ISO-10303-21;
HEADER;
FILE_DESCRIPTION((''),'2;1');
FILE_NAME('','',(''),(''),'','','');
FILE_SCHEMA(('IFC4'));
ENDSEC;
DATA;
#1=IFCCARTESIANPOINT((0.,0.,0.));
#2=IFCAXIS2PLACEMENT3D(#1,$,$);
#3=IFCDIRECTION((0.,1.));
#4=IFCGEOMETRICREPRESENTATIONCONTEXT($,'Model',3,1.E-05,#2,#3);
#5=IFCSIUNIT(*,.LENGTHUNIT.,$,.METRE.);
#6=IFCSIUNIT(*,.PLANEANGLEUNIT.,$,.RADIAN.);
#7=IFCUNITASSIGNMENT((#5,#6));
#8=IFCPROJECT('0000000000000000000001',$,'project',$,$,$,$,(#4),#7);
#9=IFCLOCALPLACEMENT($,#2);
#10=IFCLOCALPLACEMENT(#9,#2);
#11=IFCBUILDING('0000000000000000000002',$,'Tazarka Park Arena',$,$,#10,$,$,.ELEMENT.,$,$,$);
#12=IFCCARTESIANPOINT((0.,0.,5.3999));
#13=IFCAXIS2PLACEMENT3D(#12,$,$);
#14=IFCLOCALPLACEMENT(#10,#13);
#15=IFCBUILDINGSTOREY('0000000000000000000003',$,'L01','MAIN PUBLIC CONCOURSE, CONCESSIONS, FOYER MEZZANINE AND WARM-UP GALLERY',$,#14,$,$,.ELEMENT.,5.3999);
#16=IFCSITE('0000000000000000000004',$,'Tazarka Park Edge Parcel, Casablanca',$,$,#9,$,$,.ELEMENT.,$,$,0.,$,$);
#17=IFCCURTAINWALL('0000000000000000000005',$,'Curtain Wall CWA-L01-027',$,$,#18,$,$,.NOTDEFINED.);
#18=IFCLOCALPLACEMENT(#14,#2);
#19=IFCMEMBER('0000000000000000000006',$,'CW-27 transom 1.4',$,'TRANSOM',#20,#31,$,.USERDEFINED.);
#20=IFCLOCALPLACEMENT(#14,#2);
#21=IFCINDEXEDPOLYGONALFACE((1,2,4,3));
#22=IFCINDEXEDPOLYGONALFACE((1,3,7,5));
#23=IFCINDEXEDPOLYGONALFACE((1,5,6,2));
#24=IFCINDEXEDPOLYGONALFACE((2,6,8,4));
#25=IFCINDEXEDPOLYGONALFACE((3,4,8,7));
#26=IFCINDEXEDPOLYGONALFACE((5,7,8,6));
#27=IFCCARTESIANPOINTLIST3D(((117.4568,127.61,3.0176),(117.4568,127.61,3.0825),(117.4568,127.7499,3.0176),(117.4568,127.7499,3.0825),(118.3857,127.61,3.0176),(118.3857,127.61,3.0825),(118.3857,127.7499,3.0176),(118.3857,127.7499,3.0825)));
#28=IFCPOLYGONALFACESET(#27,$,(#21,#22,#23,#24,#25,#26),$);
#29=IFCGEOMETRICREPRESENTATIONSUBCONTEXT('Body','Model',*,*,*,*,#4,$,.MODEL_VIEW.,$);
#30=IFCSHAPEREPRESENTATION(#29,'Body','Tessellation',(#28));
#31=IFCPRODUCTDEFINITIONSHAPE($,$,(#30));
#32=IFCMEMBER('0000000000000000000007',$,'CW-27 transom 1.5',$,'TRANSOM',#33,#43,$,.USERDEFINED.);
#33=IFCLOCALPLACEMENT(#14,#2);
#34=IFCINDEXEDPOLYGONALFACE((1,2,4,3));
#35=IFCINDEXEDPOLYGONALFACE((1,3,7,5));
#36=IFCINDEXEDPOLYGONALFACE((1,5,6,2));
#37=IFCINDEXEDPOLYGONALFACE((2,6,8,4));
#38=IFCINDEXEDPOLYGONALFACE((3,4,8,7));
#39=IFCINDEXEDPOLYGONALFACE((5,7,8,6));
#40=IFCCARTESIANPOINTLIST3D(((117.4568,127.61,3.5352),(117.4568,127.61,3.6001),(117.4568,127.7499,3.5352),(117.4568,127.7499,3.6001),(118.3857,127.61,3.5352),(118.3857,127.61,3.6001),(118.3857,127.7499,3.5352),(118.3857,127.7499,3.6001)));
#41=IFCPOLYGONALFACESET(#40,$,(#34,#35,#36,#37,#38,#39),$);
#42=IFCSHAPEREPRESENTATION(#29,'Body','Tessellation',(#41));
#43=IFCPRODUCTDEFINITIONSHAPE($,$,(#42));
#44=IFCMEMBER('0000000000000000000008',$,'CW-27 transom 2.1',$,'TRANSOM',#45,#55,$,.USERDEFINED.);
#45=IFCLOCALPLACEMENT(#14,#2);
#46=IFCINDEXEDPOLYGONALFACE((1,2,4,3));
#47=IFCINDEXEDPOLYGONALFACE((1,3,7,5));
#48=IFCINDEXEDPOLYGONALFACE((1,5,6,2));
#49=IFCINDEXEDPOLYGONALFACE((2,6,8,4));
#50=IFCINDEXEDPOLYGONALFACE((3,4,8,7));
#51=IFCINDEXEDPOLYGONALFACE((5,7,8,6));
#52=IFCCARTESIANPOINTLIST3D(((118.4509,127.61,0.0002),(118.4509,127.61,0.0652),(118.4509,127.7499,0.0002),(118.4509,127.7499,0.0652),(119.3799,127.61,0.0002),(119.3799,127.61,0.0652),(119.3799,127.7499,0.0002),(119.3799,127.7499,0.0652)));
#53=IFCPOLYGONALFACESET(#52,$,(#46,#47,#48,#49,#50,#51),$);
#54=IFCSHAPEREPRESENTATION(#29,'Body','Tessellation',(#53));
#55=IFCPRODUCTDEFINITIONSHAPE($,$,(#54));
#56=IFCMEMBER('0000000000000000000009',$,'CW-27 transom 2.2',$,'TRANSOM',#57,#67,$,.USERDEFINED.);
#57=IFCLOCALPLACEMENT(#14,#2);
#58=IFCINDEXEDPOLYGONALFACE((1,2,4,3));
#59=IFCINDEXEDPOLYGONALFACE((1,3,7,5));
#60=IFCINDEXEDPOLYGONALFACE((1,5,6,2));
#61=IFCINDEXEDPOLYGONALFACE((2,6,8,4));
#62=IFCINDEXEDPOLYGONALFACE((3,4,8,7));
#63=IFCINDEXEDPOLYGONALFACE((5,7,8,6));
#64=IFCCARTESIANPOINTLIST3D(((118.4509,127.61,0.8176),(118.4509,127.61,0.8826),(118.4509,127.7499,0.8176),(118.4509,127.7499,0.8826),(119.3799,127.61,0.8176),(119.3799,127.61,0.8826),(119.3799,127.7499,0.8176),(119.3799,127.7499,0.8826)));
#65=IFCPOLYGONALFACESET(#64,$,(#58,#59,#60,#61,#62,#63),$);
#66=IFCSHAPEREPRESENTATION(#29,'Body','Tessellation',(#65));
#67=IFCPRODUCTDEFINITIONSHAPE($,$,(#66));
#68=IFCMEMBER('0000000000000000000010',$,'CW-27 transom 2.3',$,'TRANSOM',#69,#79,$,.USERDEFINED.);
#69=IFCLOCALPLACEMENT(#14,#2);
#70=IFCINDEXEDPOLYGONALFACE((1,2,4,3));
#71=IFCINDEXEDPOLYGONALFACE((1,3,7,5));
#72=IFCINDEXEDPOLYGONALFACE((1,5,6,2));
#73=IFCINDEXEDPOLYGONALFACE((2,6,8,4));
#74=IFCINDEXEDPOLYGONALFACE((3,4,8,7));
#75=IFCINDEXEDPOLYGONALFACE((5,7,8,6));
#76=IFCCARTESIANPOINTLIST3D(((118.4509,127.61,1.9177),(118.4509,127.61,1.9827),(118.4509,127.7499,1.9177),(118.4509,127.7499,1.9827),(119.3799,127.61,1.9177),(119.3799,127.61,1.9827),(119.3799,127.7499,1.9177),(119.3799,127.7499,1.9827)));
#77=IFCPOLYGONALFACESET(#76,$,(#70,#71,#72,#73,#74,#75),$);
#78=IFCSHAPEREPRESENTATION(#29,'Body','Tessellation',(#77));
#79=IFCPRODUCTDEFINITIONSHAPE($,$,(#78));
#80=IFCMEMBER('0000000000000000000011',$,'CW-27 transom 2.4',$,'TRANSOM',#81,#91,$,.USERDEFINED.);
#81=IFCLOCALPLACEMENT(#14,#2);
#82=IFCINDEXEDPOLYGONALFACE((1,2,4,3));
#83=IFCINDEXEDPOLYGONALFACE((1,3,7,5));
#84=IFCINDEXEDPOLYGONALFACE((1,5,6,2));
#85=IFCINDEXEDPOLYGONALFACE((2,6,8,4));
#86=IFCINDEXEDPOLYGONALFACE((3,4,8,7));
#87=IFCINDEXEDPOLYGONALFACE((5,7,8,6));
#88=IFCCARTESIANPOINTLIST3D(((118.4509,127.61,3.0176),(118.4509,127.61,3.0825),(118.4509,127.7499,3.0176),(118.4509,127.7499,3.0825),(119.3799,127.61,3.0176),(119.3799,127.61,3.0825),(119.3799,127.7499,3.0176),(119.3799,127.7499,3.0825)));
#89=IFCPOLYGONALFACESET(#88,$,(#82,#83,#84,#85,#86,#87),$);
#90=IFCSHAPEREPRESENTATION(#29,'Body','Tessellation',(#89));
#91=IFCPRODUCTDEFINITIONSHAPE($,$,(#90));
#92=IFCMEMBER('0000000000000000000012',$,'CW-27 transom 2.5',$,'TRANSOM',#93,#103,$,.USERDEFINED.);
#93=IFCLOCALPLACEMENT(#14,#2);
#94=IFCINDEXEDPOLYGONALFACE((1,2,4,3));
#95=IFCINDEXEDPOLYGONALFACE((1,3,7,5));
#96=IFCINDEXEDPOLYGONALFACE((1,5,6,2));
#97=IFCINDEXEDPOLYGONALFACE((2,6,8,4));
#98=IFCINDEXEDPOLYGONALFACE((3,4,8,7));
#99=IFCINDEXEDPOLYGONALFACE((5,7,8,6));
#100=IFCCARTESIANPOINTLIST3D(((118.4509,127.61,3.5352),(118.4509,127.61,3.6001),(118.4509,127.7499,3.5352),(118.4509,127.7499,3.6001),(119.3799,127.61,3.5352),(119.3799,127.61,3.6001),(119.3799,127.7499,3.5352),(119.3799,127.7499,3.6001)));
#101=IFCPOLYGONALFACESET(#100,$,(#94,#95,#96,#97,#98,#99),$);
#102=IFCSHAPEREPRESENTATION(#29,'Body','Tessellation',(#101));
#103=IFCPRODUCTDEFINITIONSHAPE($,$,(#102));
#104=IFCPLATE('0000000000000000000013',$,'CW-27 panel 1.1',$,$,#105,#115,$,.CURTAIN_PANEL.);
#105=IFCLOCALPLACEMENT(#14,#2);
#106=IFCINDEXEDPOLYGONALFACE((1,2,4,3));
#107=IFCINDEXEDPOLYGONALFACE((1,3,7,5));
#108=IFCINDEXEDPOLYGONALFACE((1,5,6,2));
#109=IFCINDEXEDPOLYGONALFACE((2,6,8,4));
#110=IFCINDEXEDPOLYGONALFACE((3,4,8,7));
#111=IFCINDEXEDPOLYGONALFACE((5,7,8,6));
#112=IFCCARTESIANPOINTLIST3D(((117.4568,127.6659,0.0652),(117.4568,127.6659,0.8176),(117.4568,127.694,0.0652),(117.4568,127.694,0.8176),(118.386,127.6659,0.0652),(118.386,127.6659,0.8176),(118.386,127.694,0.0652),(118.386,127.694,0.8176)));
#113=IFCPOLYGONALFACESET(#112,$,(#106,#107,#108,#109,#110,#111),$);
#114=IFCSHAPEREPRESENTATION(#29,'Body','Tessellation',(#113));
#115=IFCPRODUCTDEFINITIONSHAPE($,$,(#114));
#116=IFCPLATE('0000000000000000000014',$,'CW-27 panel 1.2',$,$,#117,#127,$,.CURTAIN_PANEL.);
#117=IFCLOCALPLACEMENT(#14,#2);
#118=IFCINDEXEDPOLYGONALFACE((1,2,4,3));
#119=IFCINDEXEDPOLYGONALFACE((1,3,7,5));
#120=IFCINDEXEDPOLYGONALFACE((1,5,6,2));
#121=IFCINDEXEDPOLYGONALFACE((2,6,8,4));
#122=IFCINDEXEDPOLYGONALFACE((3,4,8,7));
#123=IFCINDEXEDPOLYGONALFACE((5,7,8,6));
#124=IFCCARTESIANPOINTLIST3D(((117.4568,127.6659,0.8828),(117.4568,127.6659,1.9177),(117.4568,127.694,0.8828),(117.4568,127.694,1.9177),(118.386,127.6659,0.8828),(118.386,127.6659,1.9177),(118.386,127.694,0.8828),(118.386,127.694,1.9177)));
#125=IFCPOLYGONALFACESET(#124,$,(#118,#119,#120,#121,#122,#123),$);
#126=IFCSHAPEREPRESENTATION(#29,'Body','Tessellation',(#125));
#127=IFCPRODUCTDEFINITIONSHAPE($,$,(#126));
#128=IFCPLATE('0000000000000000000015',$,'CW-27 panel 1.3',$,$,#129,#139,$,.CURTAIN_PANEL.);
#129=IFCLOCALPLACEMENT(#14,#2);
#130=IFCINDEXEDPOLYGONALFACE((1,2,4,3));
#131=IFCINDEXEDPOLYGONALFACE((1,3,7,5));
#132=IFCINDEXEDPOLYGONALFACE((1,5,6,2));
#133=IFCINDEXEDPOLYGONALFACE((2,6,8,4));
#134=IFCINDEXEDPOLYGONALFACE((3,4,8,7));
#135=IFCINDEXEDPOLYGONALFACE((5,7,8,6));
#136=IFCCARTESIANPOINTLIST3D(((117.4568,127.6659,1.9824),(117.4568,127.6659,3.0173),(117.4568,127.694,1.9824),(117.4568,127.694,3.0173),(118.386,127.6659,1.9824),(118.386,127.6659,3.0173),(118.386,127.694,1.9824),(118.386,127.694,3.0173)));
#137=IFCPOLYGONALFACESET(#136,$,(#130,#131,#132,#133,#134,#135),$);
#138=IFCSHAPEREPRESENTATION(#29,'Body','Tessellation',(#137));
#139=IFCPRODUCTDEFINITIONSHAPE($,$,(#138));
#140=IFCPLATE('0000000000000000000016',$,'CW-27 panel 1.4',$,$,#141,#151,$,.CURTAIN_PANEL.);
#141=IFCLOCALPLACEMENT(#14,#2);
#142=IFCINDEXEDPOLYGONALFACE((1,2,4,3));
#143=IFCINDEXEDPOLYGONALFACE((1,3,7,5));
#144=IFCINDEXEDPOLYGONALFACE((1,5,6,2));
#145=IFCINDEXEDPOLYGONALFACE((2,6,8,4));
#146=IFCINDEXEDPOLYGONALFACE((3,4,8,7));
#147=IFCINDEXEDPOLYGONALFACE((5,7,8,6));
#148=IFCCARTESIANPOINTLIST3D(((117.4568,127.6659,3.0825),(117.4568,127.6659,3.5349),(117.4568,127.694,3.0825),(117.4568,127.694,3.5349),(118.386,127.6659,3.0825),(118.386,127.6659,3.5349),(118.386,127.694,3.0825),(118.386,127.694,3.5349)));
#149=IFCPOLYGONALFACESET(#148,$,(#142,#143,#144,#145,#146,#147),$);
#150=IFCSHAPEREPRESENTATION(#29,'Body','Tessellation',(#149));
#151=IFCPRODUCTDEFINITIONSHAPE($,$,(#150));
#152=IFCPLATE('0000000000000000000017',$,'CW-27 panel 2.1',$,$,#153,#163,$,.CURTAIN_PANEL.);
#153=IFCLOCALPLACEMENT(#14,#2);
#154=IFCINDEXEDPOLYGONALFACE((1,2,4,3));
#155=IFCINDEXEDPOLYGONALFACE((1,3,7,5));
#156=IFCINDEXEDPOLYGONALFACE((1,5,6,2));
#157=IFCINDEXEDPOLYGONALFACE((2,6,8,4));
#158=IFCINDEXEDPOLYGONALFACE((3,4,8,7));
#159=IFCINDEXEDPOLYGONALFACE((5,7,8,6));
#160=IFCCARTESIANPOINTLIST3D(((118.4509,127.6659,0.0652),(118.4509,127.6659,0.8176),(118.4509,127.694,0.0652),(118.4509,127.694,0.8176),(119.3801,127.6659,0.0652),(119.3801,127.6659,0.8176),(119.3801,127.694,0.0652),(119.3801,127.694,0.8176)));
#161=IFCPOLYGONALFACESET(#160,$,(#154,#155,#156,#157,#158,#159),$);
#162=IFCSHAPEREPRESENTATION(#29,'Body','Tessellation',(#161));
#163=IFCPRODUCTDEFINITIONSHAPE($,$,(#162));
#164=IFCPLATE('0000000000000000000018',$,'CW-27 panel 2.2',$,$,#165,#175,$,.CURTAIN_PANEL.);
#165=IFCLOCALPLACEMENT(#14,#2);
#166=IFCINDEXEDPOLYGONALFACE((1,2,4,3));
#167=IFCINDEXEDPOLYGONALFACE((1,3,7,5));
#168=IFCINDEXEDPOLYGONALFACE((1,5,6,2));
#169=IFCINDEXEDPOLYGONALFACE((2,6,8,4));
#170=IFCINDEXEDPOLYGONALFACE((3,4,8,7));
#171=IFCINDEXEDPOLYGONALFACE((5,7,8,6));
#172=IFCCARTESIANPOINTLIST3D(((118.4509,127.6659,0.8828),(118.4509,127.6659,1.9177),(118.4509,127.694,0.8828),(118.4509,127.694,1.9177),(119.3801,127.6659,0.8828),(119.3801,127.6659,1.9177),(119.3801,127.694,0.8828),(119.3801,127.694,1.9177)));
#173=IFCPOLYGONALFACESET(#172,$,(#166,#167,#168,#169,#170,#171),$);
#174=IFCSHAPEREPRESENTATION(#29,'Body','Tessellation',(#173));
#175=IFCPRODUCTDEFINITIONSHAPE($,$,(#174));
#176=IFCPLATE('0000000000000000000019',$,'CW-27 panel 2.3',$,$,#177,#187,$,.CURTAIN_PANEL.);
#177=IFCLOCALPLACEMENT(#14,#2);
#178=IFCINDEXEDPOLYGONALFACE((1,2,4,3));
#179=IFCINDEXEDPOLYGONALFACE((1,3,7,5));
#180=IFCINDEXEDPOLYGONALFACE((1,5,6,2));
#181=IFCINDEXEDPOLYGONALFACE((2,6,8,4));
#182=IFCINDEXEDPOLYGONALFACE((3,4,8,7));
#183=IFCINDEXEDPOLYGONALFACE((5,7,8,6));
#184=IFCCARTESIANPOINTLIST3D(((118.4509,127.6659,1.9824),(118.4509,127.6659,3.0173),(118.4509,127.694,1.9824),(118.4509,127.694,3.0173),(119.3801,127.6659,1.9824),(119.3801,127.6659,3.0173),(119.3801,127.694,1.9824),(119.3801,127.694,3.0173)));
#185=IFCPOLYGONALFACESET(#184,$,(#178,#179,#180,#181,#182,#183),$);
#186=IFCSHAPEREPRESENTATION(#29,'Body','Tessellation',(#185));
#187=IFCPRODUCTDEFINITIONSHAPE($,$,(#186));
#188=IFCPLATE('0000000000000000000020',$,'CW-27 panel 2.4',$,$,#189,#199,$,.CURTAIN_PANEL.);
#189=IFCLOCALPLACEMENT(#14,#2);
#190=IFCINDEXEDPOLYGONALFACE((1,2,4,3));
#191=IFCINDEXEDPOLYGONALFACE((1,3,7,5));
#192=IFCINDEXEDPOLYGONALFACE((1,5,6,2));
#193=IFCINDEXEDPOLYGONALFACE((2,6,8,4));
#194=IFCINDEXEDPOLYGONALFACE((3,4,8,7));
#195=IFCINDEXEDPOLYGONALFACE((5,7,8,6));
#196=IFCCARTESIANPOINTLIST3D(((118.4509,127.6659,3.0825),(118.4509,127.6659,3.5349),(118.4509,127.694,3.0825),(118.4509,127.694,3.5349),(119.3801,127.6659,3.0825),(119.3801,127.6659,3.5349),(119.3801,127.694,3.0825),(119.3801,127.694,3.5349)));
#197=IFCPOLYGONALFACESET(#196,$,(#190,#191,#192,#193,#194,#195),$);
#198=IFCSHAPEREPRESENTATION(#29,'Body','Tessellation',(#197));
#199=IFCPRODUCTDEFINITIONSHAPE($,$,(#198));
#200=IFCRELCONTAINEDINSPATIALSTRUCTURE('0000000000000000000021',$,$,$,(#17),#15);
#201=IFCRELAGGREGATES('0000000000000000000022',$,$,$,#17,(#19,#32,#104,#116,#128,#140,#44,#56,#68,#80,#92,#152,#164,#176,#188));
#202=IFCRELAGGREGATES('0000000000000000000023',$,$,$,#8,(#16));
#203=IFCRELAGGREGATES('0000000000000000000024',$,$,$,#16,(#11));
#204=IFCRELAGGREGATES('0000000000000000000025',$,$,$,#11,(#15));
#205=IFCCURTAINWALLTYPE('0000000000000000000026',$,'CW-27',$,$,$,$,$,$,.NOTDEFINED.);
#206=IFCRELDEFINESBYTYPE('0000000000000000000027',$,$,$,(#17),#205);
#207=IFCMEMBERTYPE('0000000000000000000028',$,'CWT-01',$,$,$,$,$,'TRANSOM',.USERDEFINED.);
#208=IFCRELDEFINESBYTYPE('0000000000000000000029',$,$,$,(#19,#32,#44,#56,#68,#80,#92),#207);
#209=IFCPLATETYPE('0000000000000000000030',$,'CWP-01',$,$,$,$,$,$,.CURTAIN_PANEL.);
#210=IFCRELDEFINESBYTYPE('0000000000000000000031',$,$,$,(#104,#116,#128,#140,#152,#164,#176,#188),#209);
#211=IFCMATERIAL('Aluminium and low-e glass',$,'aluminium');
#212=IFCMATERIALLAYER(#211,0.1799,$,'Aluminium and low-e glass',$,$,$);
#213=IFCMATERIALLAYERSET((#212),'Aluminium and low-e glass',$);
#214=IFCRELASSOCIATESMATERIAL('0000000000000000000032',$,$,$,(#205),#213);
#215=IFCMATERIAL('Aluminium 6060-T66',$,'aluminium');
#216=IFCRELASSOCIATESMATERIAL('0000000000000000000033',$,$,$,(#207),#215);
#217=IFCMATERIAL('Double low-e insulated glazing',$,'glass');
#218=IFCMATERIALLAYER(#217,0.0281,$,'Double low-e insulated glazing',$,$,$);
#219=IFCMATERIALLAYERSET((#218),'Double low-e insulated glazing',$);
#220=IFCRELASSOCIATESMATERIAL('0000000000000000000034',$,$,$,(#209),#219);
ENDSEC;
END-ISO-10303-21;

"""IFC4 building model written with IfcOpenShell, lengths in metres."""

from ifc_helpers import new_model, si_unit, direction, frame, origin, origin_2d, place, context, subcontext, project, spatial, rectangle, extrude, material, layer, layer_set, material_profile, profile_set, type_object, element, aggregate, save


model = new_model("IFC4")

# Units and contexts
model_context = context("Model", 3, precision=1e-05, world=origin(), true_north=direction((0.0, 1.0)))
body_context = subcontext(model_context, "Body", "Model", "MODEL_VIEW")
ifc_project = project(units=[si_unit("LENGTHUNIT", "METRE"), si_unit("PLANEANGLEUNIT", "RADIAN")], contexts=[model_context])

# Site, building, storey
site_placement = place(None, origin())
site = spatial("IfcSite", under=ifc_project, at=site_placement, Name="Tazarka Park Edge Parcel, Casablanca", CompositionType="ELEMENT", RefElevation=0.0)
building_placement = place(site_placement, origin())
building = spatial("IfcBuilding", under=site, at=building_placement, Name="Tazarka Park Arena", CompositionType="ELEMENT")
storey_placement = place(building_placement, frame((0.0, 0.0, 5.3999)))
storey = spatial("IfcBuildingStorey", under=building, at=storey_placement, Name="L01", Description="MAIN PUBLIC CONCOURSE, CONCESSIONS, FOYER MEZZANINE AND WARM-UP GALLERY", CompositionType="ELEMENT", Elevation=5.3999)

# Curtain wall, members, plates
ifc_material_1 = material(Name="Aluminium and low-e glass", Category="aluminium")
ifc_layer_1 = layer(ifc_material_1, 0.1799, Name="Aluminium and low-e glass")
ifc_layer_set_1 = layer_set([ifc_layer_1], Name="Aluminium and low-e glass")
curtain_wall_type = type_object("IfcCurtainWallType", Name="CW-27", PredefinedType="NOTDEFINED", material=ifc_layer_set_1)
curtain_wall_placement = place(storey_placement, origin())
curtain_wall = element("IfcCurtainWall", 1, at=curtain_wall_placement, inside=storey, type_object=curtain_wall_type, Name="Curtain Wall CWA-L01-027", PredefinedType="NOTDEFINED")
ifc_material_2 = material(Name="Aluminium 6060-T66", Category="aluminium")
ifc_material_profile_1 = material_profile(ifc_material_2, rectangle(XDim=0.1399, YDim=0.0649, at=origin_2d()), Name="Aluminium 6060-T66")
ifc_profile_set_1 = profile_set([ifc_material_profile_1], Name="Aluminium 6060-T66")
member_type_1 = type_object("IfcMemberType", Name="CWT-01", ElementType="TRANSOM", PredefinedType="USERDEFINED", material=ifc_profile_set_1)
member_1_placement = place(storey_placement, frame((117.4568, 127.6799, 3.05), z_axis=(1.0, 0.0, 0.0), x_axis=(0.0, 1.0, 0.0)))
member_1 = element("IfcMember", 2, at=member_1_placement, type_object=member_type_1, Name="CW-27 transom 1.4", ObjectType="TRANSOM", PredefinedType="USERDEFINED", context=body_context, shape_type="SweptSolid", body=[
    extrude(rectangle(XDim=0.1399, YDim=0.0649, at=origin_2d()), origin(), (0.0, 0.0, 1.0), 0.929),
])
member_2_placement = place(storey_placement, frame((117.4568, 127.6799, 3.5676), z_axis=(1.0, 0.0, 0.0), x_axis=(0.0, 1.0, 0.0)))
member_2 = element("IfcMember", 3, at=member_2_placement, type_object=member_type_1, Name="CW-27 transom 1.5", ObjectType="TRANSOM", PredefinedType="USERDEFINED", context=body_context, shape_type="SweptSolid", body=[
    extrude(rectangle(XDim=0.1399, YDim=0.0649, at=origin_2d()), origin(), (0.0, 0.0, 1.0), 0.929),
])
member_3_placement = place(storey_placement, frame((118.4509, 127.6799, 0.0327), z_axis=(1.0, 0.0, 0.0), x_axis=(0.0, 1.0, 0.0)))
member_3 = element("IfcMember", 4, at=member_3_placement, type_object=member_type_1, Name="CW-27 transom 2.1", ObjectType="TRANSOM", PredefinedType="USERDEFINED", context=body_context, shape_type="SweptSolid", body=[
    extrude(rectangle(XDim=0.1399, YDim=0.0649, at=origin_2d()), origin(), (0.0, 0.0, 1.0), 0.929),
])
member_4_placement = place(storey_placement, frame((118.4509, 127.6799, 0.8501), z_axis=(1.0, 0.0, 0.0), x_axis=(0.0, 1.0, 0.0)))
member_4 = element("IfcMember", 5, at=member_4_placement, type_object=member_type_1, Name="CW-27 transom 2.2", ObjectType="TRANSOM", PredefinedType="USERDEFINED", context=body_context, shape_type="SweptSolid", body=[
    extrude(rectangle(XDim=0.1399, YDim=0.0649, at=origin_2d()), origin(), (0.0, 0.0, 1.0), 0.929),
])
member_5_placement = place(storey_placement, frame((118.4509, 127.6799, 1.9502), z_axis=(1.0, 0.0, 0.0), x_axis=(0.0, 1.0, 0.0)))
member_5 = element("IfcMember", 6, at=member_5_placement, type_object=member_type_1, Name="CW-27 transom 2.3", ObjectType="TRANSOM", PredefinedType="USERDEFINED", context=body_context, shape_type="SweptSolid", body=[
    extrude(rectangle(XDim=0.1399, YDim=0.0649, at=origin_2d()), origin(), (0.0, 0.0, 1.0), 0.929),
])
member_6_placement = place(storey_placement, frame((118.4509, 127.6799, 3.05), z_axis=(1.0, 0.0, 0.0), x_axis=(0.0, 1.0, 0.0)))
member_6 = element("IfcMember", 7, at=member_6_placement, type_object=member_type_1, Name="CW-27 transom 2.4", ObjectType="TRANSOM", PredefinedType="USERDEFINED", context=body_context, shape_type="SweptSolid", body=[
    extrude(rectangle(XDim=0.1399, YDim=0.0649, at=origin_2d()), origin(), (0.0, 0.0, 1.0), 0.929),
])
member_7_placement = place(storey_placement, frame((118.4509, 127.6799, 3.5676), z_axis=(1.0, 0.0, 0.0), x_axis=(0.0, 1.0, 0.0)))
member_7 = element("IfcMember", 8, at=member_7_placement, type_object=member_type_1, Name="CW-27 transom 2.5", ObjectType="TRANSOM", PredefinedType="USERDEFINED", context=body_context, shape_type="SweptSolid", body=[
    extrude(rectangle(XDim=0.1399, YDim=0.0649, at=origin_2d()), origin(), (0.0, 0.0, 1.0), 0.929),
])
ifc_material_3 = material(Name="Double low-e insulated glazing", Category="glass")
ifc_layer_2 = layer(ifc_material_3, 0.0281, Name="Double low-e insulated glazing")
ifc_layer_set_2 = layer_set([ifc_layer_2], Name="Double low-e insulated glazing")
plate_type = type_object("IfcPlateType", Name="CWP-01", PredefinedType="CURTAIN_PANEL", material=ifc_layer_set_2)
plate_1_placement = place(storey_placement, frame((117.9214, 127.6799, 0.0652), z_axis=(0.0, 0.0, 1.0), x_axis=(1.0, 0.0, 0.0)))
plate_1 = element("IfcPlate", 9, at=plate_1_placement, type_object=plate_type, Name="CW-27 panel 1.1", PredefinedType="CURTAIN_PANEL", context=body_context, shape_type="SweptSolid", body=[
    extrude(rectangle(XDim=0.9292, YDim=0.0281, at=origin_2d()), origin(), (0.0, 0.0, 1.0), 0.7524),
])
plate_2_placement = place(storey_placement, frame((117.9214, 127.6799, 0.8828), z_axis=(0.0, 0.0, 1.0), x_axis=(1.0, 0.0, 0.0)))
plate_2 = element("IfcPlate", 10, at=plate_2_placement, type_object=plate_type, Name="CW-27 panel 1.2", PredefinedType="CURTAIN_PANEL", context=body_context, shape_type="SweptSolid", body=[
    extrude(rectangle(XDim=0.9292, YDim=0.0281, at=origin_2d()), origin(), (0.0, 0.0, 1.0), 1.0349),
])
plate_3_placement = place(storey_placement, frame((117.9214, 127.6799, 1.9824), z_axis=(0.0, 0.0, 1.0), x_axis=(1.0, 0.0, 0.0)))
plate_3 = element("IfcPlate", 11, at=plate_3_placement, type_object=plate_type, Name="CW-27 panel 1.3", PredefinedType="CURTAIN_PANEL", context=body_context, shape_type="SweptSolid", body=[
    extrude(rectangle(XDim=0.9292, YDim=0.0281, at=origin_2d()), origin(), (0.0, 0.0, 1.0), 1.0349),
])
plate_4_placement = place(storey_placement, frame((117.9214, 127.6799, 3.0825), z_axis=(0.0, 0.0, 1.0), x_axis=(1.0, 0.0, 0.0)))
plate_4 = element("IfcPlate", 12, at=plate_4_placement, type_object=plate_type, Name="CW-27 panel 1.4", PredefinedType="CURTAIN_PANEL", context=body_context, shape_type="SweptSolid", body=[
    extrude(rectangle(XDim=0.9292, YDim=0.0281, at=origin_2d()), origin(), (0.0, 0.0, 1.0), 0.4524),
])
plate_5_placement = place(storey_placement, frame((118.9155, 127.6799, 0.0652), z_axis=(0.0, 0.0, 1.0), x_axis=(1.0, 0.0, 0.0)))
plate_5 = element("IfcPlate", 13, at=plate_5_placement, type_object=plate_type, Name="CW-27 panel 2.1", PredefinedType="CURTAIN_PANEL", context=body_context, shape_type="SweptSolid", body=[
    extrude(rectangle(XDim=0.9292, YDim=0.0281, at=origin_2d()), origin(), (0.0, 0.0, 1.0), 0.7524),
])
plate_6_placement = place(storey_placement, frame((118.9155, 127.6799, 0.8828), z_axis=(0.0, 0.0, 1.0), x_axis=(1.0, 0.0, 0.0)))
plate_6 = element("IfcPlate", 14, at=plate_6_placement, type_object=plate_type, Name="CW-27 panel 2.2", PredefinedType="CURTAIN_PANEL", context=body_context, shape_type="SweptSolid", body=[
    extrude(rectangle(XDim=0.9292, YDim=0.0281, at=origin_2d()), origin(), (0.0, 0.0, 1.0), 1.0349),
])
plate_7_placement = place(storey_placement, frame((118.9155, 127.6799, 1.9824), z_axis=(0.0, 0.0, 1.0), x_axis=(1.0, 0.0, 0.0)))
plate_7 = element("IfcPlate", 15, at=plate_7_placement, type_object=plate_type, Name="CW-27 panel 2.3", PredefinedType="CURTAIN_PANEL", context=body_context, shape_type="SweptSolid", body=[
    extrude(rectangle(XDim=0.9292, YDim=0.0281, at=origin_2d()), origin(), (0.0, 0.0, 1.0), 1.0349),
])
plate_8_placement = place(storey_placement, frame((118.9155, 127.6799, 3.0825), z_axis=(0.0, 0.0, 1.0), x_axis=(1.0, 0.0, 0.0)))
plate_8 = element("IfcPlate", 16, at=plate_8_placement, type_object=plate_type, Name="CW-27 panel 2.4", PredefinedType="CURTAIN_PANEL", context=body_context, shape_type="SweptSolid", body=[
    extrude(rectangle(XDim=0.9292, YDim=0.0281, at=origin_2d()), origin(), (0.0, 0.0, 1.0), 0.4524),
])
aggregate(curtain_wall, [member_1, member_2, plate_1, plate_2, plate_3, plate_4, member_3, member_4, member_5, member_6, member_7, plate_5, plate_6, plate_7, plate_8])

save(model, "model.ifc")
